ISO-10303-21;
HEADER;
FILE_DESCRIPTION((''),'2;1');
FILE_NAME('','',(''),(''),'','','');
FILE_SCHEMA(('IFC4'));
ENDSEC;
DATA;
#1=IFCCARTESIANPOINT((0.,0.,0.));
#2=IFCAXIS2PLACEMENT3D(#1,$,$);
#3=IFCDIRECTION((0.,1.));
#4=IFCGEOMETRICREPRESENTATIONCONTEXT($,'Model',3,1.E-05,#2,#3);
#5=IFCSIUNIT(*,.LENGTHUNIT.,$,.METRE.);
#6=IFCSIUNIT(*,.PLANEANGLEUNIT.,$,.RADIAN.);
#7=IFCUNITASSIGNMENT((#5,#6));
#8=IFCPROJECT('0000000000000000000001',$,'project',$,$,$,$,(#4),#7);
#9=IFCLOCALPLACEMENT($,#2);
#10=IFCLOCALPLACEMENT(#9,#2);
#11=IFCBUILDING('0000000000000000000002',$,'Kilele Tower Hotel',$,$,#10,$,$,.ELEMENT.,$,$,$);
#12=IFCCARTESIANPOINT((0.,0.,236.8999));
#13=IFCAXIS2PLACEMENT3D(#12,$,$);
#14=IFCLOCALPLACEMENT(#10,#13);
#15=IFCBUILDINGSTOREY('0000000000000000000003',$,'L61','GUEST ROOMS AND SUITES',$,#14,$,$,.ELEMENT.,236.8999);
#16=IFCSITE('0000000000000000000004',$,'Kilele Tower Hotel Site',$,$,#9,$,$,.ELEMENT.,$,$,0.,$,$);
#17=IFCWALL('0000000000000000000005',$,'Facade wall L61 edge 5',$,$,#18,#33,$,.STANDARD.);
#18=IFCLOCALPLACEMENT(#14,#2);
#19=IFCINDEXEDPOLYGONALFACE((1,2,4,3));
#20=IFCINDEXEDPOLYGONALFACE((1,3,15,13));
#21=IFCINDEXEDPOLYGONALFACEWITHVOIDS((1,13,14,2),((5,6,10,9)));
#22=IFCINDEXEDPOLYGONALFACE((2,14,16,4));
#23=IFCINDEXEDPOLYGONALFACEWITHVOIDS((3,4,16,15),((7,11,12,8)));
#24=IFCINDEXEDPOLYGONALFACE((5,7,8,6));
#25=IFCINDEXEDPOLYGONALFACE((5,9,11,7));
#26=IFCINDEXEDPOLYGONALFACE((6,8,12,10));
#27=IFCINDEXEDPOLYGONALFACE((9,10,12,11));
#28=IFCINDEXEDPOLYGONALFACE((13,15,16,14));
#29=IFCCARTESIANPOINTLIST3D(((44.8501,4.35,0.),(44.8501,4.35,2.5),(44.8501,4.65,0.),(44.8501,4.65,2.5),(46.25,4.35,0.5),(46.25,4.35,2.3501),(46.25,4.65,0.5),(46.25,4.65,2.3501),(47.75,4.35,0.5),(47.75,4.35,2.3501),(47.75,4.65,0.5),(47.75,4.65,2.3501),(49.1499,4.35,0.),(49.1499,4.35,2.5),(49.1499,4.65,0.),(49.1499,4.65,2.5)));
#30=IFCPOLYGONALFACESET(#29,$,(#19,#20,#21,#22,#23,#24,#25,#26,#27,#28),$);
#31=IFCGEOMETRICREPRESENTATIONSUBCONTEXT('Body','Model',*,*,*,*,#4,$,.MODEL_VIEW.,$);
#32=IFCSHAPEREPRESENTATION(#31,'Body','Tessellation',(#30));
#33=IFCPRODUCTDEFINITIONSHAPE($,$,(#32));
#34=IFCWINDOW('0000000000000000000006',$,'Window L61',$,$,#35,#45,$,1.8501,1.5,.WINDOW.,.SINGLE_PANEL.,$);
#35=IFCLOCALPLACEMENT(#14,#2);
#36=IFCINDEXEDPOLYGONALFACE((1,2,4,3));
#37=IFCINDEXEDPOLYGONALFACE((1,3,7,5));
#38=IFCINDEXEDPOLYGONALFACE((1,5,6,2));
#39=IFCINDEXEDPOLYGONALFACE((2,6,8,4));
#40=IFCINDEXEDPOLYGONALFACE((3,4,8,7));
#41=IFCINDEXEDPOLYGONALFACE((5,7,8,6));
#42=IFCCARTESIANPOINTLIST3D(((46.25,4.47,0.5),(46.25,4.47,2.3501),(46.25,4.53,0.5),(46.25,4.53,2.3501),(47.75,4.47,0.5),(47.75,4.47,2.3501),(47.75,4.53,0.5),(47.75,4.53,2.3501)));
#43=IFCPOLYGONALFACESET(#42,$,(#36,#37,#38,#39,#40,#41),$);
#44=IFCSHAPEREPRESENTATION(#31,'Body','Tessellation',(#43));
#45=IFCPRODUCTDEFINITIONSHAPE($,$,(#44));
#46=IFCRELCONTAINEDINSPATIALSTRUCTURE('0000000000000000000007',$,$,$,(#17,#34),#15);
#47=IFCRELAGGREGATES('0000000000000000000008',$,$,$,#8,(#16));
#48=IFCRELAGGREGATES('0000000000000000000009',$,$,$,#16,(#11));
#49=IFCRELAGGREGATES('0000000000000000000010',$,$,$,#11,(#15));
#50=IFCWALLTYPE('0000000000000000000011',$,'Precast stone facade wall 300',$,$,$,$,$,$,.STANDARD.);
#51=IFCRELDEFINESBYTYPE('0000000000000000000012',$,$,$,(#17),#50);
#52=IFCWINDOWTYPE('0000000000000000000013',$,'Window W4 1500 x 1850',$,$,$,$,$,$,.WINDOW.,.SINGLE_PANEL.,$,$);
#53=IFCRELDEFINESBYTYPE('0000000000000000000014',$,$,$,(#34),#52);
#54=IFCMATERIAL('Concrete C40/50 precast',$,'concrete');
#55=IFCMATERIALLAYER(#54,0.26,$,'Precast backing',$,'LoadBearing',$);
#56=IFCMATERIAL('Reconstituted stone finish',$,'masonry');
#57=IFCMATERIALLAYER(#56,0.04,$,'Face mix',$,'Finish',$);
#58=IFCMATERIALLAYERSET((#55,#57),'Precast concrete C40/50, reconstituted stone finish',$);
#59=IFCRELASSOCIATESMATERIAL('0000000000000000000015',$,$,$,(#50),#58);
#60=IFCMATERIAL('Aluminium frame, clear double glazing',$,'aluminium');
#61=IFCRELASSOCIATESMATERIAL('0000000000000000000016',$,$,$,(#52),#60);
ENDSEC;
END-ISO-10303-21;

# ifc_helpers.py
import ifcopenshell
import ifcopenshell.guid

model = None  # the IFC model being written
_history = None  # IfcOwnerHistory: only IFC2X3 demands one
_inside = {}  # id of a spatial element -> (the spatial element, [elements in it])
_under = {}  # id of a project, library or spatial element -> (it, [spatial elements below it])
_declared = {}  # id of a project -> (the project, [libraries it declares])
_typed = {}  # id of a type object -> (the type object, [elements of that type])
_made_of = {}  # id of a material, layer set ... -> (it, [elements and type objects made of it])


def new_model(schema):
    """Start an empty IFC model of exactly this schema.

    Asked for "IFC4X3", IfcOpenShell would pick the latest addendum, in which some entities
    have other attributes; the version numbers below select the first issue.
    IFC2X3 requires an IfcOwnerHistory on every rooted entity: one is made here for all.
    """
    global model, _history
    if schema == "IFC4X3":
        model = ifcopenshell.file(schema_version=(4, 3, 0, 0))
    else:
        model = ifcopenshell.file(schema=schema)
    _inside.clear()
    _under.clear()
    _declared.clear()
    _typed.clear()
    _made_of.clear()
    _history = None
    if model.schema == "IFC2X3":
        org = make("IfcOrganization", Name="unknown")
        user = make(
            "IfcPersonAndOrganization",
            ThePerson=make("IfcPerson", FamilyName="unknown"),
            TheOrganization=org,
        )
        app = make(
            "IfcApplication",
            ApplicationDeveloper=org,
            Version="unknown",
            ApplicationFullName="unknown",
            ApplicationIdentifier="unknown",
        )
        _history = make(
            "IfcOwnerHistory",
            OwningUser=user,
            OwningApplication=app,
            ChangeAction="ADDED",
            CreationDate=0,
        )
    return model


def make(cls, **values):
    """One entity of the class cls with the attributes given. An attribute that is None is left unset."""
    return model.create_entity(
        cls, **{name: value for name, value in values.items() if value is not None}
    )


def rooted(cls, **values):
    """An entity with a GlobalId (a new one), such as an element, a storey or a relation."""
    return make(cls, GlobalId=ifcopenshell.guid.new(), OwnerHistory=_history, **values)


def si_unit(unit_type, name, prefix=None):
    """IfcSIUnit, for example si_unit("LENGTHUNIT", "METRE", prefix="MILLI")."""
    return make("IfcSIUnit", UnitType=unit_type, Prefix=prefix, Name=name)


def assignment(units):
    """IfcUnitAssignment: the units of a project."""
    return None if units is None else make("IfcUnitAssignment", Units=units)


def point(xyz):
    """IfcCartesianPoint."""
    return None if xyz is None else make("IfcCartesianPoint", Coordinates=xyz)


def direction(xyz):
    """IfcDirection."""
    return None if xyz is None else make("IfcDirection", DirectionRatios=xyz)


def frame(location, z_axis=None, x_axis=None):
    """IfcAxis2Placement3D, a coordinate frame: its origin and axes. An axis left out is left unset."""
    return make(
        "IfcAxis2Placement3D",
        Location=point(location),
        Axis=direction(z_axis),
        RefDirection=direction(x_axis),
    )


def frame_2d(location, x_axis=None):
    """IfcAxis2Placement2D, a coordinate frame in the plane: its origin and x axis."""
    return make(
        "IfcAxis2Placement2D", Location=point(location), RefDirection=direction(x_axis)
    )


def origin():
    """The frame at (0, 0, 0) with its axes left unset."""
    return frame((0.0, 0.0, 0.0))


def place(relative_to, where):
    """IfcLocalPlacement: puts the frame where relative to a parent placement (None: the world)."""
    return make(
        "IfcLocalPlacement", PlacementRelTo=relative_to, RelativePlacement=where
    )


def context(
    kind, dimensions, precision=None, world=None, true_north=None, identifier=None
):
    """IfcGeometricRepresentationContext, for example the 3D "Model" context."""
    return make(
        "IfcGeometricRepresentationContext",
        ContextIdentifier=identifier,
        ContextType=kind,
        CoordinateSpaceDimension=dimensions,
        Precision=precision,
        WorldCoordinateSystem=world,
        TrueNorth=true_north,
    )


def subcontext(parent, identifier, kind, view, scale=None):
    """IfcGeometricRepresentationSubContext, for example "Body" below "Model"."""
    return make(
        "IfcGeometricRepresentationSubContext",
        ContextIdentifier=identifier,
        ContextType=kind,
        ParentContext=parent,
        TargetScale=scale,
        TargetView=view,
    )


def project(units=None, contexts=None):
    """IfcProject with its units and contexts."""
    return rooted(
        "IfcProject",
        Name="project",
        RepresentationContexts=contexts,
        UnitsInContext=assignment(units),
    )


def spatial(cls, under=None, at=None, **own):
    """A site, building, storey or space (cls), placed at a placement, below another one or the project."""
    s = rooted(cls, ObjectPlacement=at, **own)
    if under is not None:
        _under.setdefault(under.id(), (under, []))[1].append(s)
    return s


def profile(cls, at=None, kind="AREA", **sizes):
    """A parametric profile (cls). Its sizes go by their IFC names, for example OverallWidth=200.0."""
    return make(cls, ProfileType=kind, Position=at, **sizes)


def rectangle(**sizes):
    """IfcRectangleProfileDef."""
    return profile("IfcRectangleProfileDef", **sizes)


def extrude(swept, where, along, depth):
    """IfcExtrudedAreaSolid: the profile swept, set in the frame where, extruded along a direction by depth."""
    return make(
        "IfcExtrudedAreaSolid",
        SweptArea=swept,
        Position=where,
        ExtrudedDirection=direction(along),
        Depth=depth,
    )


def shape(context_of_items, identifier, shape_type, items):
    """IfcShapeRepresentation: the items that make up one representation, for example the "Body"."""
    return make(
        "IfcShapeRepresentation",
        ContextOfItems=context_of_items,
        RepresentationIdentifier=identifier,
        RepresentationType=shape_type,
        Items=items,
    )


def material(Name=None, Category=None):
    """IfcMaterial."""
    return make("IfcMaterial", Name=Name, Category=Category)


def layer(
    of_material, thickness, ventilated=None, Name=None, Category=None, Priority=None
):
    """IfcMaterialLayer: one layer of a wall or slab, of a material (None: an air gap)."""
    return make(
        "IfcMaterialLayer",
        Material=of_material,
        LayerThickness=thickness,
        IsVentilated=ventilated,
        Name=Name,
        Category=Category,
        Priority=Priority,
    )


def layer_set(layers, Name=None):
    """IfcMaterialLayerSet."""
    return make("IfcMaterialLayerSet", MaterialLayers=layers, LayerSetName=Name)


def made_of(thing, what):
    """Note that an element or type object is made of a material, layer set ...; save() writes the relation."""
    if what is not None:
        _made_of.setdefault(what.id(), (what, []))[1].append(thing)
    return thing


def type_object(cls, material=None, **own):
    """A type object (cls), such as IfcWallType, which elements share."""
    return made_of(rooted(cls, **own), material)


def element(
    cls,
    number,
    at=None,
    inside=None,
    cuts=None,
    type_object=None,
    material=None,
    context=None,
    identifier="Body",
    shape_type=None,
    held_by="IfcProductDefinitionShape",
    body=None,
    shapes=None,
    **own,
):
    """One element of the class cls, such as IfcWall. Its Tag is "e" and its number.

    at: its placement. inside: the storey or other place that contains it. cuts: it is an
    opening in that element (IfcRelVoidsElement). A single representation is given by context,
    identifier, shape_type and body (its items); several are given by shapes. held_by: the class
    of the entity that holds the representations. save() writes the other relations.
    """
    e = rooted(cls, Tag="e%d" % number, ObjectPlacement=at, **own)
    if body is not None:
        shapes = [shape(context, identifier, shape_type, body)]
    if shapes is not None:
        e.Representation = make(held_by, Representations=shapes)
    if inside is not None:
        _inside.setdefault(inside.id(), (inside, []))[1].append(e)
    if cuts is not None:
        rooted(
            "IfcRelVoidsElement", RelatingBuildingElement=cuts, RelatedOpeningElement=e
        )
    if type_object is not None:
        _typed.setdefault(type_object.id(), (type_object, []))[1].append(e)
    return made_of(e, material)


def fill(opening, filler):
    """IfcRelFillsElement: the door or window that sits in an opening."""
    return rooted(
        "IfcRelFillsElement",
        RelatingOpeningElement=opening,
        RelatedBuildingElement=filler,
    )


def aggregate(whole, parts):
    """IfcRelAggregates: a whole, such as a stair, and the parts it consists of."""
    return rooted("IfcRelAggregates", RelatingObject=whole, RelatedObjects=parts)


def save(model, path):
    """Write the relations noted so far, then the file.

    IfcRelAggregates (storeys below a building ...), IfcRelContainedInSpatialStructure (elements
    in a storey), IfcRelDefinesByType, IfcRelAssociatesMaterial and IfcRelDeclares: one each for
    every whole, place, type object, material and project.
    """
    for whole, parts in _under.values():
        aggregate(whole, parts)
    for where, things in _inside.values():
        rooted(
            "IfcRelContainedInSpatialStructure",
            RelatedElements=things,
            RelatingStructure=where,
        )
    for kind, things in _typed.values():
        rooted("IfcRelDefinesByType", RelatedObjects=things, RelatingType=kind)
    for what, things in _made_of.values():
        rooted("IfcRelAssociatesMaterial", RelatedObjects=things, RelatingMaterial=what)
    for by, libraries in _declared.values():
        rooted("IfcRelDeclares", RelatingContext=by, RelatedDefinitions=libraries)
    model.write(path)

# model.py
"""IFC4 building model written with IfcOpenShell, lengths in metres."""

from ifc_helpers import new_model, si_unit, direction, frame, frame_2d, origin, place, context, subcontext, project, spatial, rectangle, extrude, material, layer, layer_set, type_object, element, fill, save


model = new_model("IFC4")

# Units and contexts
model_context = context("Model", 3, precision=1e-05, world=origin(), true_north=direction((0.0, 1.0)))
body_context = subcontext(model_context, "Body", "Model", "MODEL_VIEW")
ifc_project = project(units=[si_unit("LENGTHUNIT", "METRE"), si_unit("PLANEANGLEUNIT", "RADIAN")], contexts=[model_context])

# Site, building, storey
site_placement = place(None, origin())
site = spatial("IfcSite", under=ifc_project, at=site_placement, Name="Kilele Tower Hotel Site", CompositionType="ELEMENT", RefElevation=0.0)
building_placement = place(site_placement, origin())
building = spatial("IfcBuilding", under=site, at=building_placement, Name="Kilele Tower Hotel", CompositionType="ELEMENT")
storey_placement = place(building_placement, frame((0.0, 0.0, 236.8999)))
storey = spatial("IfcBuildingStorey", under=building, at=storey_placement, Name="L61", Description="GUEST ROOMS AND SUITES", CompositionType="ELEMENT", Elevation=236.8999)

# Wall, opening, window
ifc_material_1 = material(Name="Concrete C40/50 precast", Category="concrete")
ifc_layer_1 = layer(ifc_material_1, 0.26, Name="Precast backing", Category="LoadBearing")
ifc_material_2 = material(Name="Reconstituted stone finish", Category="masonry")
ifc_layer_2 = layer(ifc_material_2, 0.04, Name="Face mix", Category="Finish")
ifc_layer_set_1 = layer_set([ifc_layer_1, ifc_layer_2], Name="Precast concrete C40/50, reconstituted stone finish")
wall_type_1 = type_object("IfcWallType", Name="Precast stone facade wall 300", PredefinedType="STANDARD", material=ifc_layer_set_1)
wall_1_placement = place(storey_placement, frame((44.8501, 4.5, 0.0), z_axis=(0.0, 0.0, 1.0), x_axis=(1.0, 0.0, 0.0)))
wall_1 = element("IfcWall", 1, at=wall_1_placement, inside=storey, type_object=wall_type_1, Name="Facade wall L61 edge 5", PredefinedType="STANDARD", context=body_context, shape_type="SweptSolid", body=[
    extrude(rectangle(XDim=4.2998, YDim=0.3, at=frame_2d((2.1499, 0.0))), origin(), (0.0, 0.0, 1.0), 2.5),
])
opening_1_placement = place(wall_1_placement, frame((1.3999, 0.0, 0.5)))
opening_1 = element("IfcOpeningElement", 2, at=opening_1_placement, cuts=wall_1, PredefinedType="OPENING", context=body_context, shape_type="SweptSolid", body=[
    extrude(rectangle(XDim=1.5, YDim=1.8501, at=frame_2d((0.75, 0.925))), frame((0.0, 0.1599, 0.0), z_axis=(0.0, -1.0, 0.0), x_axis=(1.0, 0.0, 0.0)), (0.0, 0.0, 1.0), 0.3201),
])
ifc_material_3 = material(Name="Aluminium frame, clear double glazing", Category="aluminium")
window_type_1 = type_object("IfcWindowType", Name="Window W4 1500 x 1850", PartitioningType="SINGLE_PANEL", PredefinedType="WINDOW", material=ifc_material_3)
window_1_placement = place(opening_1_placement, origin())
window_1 = element("IfcWindow", 3, at=window_1_placement, inside=storey, type_object=window_type_1, Name="Window L61", OverallHeight=1.8501, OverallWidth=1.5, PartitioningType="SINGLE_PANEL", PredefinedType="WINDOW", context=body_context, shape_type="SweptSolid", body=[
    extrude(rectangle(XDim=1.5, YDim=1.8501, at=frame_2d((0.75, 0.925))), frame((0.0, 0.03, 0.0), z_axis=(0.0, -1.0, 0.0), x_axis=(1.0, 0.0, 0.0)), (0.0, 0.0, 1.0), 0.0601),
])
fill(opening_1, window_1)

save(model, "model.ifc")
